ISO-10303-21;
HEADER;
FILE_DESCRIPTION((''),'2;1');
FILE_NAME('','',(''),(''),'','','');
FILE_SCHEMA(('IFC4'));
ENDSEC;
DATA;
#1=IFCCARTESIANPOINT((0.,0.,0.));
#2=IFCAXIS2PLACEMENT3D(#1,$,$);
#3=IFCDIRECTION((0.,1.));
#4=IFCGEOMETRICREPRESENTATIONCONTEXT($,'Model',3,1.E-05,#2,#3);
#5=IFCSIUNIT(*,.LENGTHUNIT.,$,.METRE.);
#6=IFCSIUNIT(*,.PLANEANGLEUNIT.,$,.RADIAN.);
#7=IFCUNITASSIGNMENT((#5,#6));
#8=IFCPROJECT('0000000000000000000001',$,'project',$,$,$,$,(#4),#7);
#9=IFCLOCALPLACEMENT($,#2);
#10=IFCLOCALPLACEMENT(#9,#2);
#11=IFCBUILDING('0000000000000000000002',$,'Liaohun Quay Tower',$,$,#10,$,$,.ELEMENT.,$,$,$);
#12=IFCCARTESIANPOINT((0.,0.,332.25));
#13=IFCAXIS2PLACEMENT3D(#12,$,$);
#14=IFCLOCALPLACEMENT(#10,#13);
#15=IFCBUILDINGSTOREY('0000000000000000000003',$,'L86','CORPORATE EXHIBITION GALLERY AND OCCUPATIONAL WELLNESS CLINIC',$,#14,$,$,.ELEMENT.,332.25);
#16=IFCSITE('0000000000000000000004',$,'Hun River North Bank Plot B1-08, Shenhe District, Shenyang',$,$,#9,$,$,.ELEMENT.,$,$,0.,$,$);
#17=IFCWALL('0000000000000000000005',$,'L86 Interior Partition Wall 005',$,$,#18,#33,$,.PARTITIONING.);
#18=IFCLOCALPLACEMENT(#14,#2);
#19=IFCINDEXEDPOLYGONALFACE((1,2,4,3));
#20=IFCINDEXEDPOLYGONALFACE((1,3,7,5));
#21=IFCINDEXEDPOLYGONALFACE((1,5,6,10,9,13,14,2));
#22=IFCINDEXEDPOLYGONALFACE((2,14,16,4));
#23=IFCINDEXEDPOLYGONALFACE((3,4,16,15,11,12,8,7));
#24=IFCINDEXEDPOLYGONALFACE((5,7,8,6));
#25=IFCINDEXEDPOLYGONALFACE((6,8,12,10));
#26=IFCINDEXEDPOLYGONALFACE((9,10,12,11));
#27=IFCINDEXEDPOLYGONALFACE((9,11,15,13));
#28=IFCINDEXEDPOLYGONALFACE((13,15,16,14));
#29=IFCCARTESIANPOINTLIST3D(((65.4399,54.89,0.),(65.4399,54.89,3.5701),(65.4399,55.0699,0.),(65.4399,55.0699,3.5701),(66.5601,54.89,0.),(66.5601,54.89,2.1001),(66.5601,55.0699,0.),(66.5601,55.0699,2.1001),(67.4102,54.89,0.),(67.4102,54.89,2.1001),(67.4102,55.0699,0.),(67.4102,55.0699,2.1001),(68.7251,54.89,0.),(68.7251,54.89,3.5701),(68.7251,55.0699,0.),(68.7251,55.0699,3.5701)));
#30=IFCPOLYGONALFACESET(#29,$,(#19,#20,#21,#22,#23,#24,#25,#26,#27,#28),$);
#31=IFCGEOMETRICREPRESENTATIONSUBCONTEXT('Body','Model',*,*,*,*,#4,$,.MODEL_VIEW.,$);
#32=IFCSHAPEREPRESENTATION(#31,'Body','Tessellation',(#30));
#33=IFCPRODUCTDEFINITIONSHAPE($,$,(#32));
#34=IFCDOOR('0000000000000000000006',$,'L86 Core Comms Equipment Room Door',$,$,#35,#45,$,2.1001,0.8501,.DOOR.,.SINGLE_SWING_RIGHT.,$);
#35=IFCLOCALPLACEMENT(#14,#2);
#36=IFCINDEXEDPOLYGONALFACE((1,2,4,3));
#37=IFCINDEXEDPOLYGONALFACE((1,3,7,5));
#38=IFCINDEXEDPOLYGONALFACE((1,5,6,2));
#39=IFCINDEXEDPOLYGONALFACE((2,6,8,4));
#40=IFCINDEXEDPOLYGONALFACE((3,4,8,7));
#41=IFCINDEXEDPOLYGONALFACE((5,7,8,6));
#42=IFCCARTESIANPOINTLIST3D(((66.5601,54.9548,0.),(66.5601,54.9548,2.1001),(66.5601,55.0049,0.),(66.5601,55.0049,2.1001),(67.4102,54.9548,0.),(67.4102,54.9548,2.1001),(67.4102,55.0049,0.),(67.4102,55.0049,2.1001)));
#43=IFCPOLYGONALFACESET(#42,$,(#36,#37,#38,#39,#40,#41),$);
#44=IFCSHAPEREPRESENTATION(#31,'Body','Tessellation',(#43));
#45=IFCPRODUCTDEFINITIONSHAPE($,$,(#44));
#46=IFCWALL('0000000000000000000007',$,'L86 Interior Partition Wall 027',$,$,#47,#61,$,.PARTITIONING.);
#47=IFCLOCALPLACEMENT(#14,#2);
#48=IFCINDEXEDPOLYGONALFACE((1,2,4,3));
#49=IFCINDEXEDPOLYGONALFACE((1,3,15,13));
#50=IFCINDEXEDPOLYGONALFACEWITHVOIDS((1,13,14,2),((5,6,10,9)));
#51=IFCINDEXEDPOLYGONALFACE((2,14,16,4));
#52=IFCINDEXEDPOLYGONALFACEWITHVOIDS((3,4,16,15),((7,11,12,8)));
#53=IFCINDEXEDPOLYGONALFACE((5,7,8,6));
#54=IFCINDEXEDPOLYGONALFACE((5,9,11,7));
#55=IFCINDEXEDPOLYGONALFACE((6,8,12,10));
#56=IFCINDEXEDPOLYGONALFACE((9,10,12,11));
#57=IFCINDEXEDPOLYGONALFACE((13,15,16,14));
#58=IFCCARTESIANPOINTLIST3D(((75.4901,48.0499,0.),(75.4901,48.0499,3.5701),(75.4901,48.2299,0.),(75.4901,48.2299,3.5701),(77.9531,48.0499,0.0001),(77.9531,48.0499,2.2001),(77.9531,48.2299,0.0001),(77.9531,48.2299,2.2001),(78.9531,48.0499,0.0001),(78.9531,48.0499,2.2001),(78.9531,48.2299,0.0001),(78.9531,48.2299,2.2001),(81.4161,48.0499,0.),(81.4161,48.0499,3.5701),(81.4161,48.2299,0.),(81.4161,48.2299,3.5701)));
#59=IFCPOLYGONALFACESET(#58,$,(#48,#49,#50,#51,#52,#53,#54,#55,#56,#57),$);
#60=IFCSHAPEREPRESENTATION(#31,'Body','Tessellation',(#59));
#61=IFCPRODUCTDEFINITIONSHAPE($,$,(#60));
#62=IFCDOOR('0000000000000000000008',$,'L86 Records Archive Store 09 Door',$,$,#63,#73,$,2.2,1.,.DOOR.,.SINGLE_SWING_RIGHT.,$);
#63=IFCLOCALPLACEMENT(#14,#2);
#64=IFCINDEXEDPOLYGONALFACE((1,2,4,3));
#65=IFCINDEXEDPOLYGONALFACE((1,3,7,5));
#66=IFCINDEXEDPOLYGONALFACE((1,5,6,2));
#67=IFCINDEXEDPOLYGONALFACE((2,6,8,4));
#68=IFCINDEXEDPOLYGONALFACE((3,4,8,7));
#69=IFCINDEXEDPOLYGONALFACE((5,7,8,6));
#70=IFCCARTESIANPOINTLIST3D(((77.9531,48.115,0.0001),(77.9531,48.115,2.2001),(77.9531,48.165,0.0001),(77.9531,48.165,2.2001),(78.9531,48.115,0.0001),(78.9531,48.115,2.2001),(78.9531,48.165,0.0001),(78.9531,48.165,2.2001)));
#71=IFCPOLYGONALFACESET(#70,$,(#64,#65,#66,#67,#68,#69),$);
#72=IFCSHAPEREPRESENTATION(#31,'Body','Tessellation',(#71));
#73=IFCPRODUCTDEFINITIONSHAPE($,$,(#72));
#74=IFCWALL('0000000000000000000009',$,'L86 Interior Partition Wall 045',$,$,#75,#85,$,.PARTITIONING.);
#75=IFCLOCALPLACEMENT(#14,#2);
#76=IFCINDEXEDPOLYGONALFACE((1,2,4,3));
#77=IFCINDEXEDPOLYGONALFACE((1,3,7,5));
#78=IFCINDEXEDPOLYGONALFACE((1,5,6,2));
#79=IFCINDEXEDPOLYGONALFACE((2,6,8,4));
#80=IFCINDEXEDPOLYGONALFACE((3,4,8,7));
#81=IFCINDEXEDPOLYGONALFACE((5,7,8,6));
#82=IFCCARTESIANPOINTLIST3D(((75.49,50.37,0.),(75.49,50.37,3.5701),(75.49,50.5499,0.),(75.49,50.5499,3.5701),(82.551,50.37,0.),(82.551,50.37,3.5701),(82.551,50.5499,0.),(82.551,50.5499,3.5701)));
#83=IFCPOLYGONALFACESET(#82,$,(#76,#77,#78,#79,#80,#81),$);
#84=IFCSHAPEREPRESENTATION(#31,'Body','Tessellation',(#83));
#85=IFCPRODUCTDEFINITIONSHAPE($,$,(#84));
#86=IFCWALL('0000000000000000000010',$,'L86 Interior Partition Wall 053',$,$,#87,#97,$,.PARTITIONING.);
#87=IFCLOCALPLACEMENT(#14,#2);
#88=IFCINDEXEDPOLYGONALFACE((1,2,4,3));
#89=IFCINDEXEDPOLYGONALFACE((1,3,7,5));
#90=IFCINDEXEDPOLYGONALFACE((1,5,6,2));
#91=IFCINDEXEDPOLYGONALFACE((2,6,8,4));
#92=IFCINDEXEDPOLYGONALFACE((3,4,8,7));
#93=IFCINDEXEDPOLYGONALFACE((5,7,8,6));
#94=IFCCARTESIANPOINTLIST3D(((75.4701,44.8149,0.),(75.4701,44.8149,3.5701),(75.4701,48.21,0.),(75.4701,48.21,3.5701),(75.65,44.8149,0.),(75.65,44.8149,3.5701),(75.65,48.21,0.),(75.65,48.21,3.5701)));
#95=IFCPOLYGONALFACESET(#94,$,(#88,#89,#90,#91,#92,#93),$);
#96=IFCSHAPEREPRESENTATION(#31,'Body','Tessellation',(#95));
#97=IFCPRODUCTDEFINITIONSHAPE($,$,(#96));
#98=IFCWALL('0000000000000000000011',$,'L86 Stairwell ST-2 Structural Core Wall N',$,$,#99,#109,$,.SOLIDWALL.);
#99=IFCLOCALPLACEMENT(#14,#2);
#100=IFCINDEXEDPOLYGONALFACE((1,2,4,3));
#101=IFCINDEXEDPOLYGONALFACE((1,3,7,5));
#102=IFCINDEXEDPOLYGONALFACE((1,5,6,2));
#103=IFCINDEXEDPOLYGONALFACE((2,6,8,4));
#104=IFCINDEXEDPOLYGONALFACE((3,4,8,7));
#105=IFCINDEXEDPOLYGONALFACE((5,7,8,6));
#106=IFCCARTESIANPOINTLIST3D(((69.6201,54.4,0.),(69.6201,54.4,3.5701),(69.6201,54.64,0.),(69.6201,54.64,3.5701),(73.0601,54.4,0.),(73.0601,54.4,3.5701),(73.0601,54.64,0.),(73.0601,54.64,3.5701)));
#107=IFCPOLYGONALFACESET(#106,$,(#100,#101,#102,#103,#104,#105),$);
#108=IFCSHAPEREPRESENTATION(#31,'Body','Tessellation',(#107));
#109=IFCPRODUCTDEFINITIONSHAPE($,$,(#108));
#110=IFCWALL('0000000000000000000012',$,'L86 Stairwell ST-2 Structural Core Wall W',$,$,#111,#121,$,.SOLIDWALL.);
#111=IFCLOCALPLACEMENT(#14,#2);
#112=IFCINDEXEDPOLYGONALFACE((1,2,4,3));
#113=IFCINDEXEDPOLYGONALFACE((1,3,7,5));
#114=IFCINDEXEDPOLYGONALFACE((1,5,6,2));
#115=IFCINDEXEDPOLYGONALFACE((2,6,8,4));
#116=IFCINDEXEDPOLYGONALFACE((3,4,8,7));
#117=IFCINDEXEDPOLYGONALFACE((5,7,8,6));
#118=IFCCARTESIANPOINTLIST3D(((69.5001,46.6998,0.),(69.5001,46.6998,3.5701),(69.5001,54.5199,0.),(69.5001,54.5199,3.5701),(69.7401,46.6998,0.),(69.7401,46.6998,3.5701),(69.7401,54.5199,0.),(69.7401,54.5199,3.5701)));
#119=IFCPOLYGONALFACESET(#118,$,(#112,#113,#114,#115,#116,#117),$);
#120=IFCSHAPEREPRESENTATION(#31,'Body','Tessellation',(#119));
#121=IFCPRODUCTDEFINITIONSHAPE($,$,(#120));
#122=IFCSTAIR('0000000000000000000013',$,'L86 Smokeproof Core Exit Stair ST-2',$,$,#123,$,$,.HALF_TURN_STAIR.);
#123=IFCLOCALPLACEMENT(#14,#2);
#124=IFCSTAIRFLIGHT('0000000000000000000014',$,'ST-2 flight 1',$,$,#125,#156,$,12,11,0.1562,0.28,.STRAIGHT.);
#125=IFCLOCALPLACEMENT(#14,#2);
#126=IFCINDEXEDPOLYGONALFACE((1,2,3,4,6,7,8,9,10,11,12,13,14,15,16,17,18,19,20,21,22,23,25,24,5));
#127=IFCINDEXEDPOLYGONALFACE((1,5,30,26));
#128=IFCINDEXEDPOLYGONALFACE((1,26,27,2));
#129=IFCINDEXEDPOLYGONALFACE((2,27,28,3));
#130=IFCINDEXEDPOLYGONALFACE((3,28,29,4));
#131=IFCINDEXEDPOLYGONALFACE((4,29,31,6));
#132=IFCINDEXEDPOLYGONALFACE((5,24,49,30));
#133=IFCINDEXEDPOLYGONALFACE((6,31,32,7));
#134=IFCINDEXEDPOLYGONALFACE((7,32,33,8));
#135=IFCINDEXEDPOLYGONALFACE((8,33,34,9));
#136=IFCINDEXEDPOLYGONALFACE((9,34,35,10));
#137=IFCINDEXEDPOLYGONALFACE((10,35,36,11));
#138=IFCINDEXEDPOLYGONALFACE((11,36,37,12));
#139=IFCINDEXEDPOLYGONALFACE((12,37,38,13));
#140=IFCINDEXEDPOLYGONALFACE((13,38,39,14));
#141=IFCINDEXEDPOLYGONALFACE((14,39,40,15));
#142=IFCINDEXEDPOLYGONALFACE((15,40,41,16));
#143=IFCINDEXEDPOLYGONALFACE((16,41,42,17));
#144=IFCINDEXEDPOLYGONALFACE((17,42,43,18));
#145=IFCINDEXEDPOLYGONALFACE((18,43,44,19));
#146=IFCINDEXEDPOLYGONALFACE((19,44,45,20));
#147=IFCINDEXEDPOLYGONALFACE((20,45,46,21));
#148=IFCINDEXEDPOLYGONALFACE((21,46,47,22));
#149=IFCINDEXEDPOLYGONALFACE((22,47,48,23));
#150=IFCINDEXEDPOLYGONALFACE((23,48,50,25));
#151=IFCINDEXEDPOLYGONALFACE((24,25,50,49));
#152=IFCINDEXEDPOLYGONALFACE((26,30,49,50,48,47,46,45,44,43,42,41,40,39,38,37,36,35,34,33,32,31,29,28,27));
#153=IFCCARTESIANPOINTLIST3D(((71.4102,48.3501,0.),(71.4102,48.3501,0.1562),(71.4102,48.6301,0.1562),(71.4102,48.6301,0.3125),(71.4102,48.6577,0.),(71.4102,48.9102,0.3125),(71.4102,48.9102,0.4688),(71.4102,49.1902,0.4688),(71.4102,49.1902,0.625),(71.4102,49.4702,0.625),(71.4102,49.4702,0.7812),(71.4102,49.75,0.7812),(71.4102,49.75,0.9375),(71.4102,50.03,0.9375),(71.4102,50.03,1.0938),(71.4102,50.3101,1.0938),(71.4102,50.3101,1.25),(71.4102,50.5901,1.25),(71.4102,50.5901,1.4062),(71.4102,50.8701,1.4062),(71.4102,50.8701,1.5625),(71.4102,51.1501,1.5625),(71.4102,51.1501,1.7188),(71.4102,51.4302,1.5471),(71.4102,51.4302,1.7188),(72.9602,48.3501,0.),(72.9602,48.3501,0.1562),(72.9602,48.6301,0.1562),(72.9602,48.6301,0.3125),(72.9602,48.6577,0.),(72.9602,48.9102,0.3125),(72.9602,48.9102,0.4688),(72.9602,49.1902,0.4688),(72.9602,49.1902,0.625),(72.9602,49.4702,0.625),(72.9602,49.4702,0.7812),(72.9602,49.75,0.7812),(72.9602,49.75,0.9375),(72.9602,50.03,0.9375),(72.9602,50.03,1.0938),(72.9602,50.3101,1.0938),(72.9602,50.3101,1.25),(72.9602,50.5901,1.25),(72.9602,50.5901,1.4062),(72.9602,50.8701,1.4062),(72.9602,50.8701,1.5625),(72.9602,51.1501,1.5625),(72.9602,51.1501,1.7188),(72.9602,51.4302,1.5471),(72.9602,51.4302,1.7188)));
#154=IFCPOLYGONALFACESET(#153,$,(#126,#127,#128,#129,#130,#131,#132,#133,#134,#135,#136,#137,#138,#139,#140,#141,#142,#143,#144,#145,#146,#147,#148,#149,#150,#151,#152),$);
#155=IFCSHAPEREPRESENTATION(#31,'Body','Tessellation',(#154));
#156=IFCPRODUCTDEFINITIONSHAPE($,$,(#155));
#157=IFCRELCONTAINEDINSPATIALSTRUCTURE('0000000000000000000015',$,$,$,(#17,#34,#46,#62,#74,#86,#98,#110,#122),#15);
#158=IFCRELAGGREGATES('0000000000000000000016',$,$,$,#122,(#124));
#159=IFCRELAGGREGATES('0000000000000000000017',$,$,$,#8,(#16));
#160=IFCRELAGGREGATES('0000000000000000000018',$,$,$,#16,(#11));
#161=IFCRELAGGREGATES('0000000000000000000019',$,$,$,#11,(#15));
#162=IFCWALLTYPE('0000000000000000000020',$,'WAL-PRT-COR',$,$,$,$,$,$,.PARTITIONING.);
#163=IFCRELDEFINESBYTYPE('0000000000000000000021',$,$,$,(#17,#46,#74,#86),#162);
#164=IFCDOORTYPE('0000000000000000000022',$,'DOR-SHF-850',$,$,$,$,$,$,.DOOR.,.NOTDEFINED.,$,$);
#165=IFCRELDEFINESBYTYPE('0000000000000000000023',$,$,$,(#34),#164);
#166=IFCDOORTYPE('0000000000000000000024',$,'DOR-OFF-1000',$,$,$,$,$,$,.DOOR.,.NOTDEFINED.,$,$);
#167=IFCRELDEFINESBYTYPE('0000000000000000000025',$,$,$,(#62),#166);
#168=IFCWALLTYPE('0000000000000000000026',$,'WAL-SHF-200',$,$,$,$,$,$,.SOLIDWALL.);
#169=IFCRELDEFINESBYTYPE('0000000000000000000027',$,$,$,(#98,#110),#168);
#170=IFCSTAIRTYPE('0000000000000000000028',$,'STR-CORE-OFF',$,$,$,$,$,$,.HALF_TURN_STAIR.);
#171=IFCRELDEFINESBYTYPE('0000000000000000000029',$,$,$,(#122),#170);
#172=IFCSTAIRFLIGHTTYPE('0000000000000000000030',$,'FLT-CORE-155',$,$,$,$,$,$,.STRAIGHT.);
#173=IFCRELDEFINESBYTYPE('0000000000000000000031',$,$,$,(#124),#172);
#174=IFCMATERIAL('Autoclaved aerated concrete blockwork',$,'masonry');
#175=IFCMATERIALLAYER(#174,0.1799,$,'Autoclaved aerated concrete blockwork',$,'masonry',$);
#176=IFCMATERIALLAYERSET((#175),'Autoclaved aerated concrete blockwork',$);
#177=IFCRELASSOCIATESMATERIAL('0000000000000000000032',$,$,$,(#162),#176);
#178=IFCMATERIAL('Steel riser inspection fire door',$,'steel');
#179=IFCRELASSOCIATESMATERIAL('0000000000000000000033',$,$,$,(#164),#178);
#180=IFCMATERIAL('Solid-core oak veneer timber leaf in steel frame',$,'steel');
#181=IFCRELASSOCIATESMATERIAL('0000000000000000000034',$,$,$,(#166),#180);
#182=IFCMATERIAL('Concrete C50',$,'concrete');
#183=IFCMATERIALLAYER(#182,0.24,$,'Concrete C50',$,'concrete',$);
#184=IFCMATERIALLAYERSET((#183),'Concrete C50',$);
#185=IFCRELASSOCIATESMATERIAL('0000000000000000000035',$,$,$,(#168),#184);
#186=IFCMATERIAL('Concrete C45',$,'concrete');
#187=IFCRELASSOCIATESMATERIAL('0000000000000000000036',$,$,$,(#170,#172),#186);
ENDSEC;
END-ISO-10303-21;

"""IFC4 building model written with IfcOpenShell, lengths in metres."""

from ifc_helpers import new_model, si_unit, direction, frame, frame_2d, origin, place, context, subcontext, project, spatial, polyline, rectangle, outline, extrude, source, transform, mapped, material, layer, layer_set, type_object, element, fill, aggregate, save


model = new_model("IFC4")

# Units and contexts
model_context = context("Model", 3, precision=1e-05, world=origin(), true_north=direction((0.0, 1.0)))
body_context = subcontext(model_context, "Body", "Model", "MODEL_VIEW")
ifc_project = project(units=[si_unit("LENGTHUNIT", "METRE"), si_unit("PLANEANGLEUNIT", "RADIAN")], contexts=[model_context])

# Site, building, storey
site_placement = place(None, origin())
site = spatial("IfcSite", under=ifc_project, at=site_placement, Name="Hun River North Bank Plot B1-08, Shenhe District, Shenyang", CompositionType="ELEMENT", RefElevation=0.0)
building_placement = place(site_placement, origin())
building = spatial("IfcBuilding", under=site, at=building_placement, Name="Liaohun Quay Tower", CompositionType="ELEMENT")
storey_placement = place(building_placement, frame((0.0, 0.0, 332.25)))
storey = spatial("IfcBuildingStorey", under=building, at=storey_placement, Name="L86", Description="CORPORATE EXHIBITION GALLERY AND OCCUPATIONAL WELLNESS CLINIC", CompositionType="ELEMENT", Elevation=332.25)

# Walls, openings, doors
ifc_material_1 = material(Name="Autoclaved aerated concrete blockwork", Category="masonry")
ifc_layer_1 = layer(ifc_material_1, 0.1799, Name="Autoclaved aerated concrete blockwork", Category="masonry")
ifc_layer_set_1 = layer_set([ifc_layer_1], Name="Autoclaved aerated concrete blockwork")
wall_type_1 = type_object("IfcWallType", Name="WAL-PRT-COR", PredefinedType="PARTITIONING", material=ifc_layer_set_1)
wall_1_placement = place(storey_placement, frame((65.4399, 54.98, 0.0), z_axis=(0.0, 0.0, 1.0), x_axis=(1.0, 0.0, 0.0)))
wall_1 = element("IfcWall", 1, at=wall_1_placement, inside=storey, type_object=wall_type_1, Name="L86 Interior Partition Wall 005", PredefinedType="PARTITIONING", context=body_context, shape_type="SweptSolid", body=[
    extrude(rectangle(XDim=3.2852, YDim=0.1799, at=frame_2d((1.6426, 0.0))), origin(), (0.0, 0.0, 1.0), 3.5701),
])
shared_shape_1 = source(origin(), body_context, "Body", "SweptSolid", [
    extrude(rectangle(XDim=0.8501, YDim=2.1001, at=frame_2d((0.425, 1.05))), frame((0.0, 0.0999, 0.0), z_axis=(0.0, -1.0, 0.0), x_axis=(1.0, 0.0, 0.0)), (0.0, 0.0, 1.0), 0.2),
])
opening_1_placement = place(wall_1_placement, frame((1.1201, 0.0, 0.0)))
opening_1 = element("IfcOpeningElement", 2, at=opening_1_placement, cuts=wall_1, PredefinedType="OPENING", context=body_context, shape_type="MappedRepresentation", body=[
    mapped(shared_shape_1, transform((0.0, 0.0, 0.0), x_axis=(1.0, 0.0, 0.0), y_axis=(0.0, 1.0, 0.0), z_axis=(0.0, 0.0, 1.0), scale=1.0)),
])
ifc_material_2 = material(Name="Steel riser inspection fire door", Category="steel")
door_type_1 = type_object("IfcDoorType", Name="DOR-SHF-850", OperationType="NOTDEFINED", PredefinedType="DOOR", material=ifc_material_2)
shared_shape_2 = source(origin(), body_context, "Body", "SweptSolid", [
    extrude(rectangle(XDim=0.8501, YDim=2.1001, at=frame_2d((0.425, 1.05))), frame((0.0, 0.0249, 0.0), z_axis=(0.0, -1.0, 0.0), x_axis=(1.0, 0.0, 0.0)), (0.0, 0.0, 1.0), 0.05),
])
door_1_placement = place(opening_1_placement, origin())
door_1 = element("IfcDoor", 3, at=door_1_placement, inside=storey, type_object=door_type_1, Name="L86 Core Comms Equipment Room Door", OperationType="SINGLE_SWING_RIGHT", OverallHeight=2.1001, OverallWidth=0.8501, PredefinedType="DOOR", context=body_context, shape_type="MappedRepresentation", body=[
    mapped(shared_shape_2, transform((0.0, 0.0, 0.0), x_axis=(1.0, 0.0, 0.0), y_axis=(0.0, 1.0, 0.0), z_axis=(0.0, 0.0, 1.0), scale=1.0)),
])
fill(opening_1, door_1)
wall_2_placement = place(storey_placement, frame((81.416, 48.1399, 0.0), z_axis=(0.0, 0.0, 1.0), x_axis=(-1.0, 0.0, 0.0)))
wall_2 = element("IfcWall", 4, at=wall_2_placement, inside=storey, type_object=wall_type_1, Name="L86 Interior Partition Wall 027", PredefinedType="PARTITIONING", context=body_context, shape_type="SweptSolid", body=[
    extrude(rectangle(XDim=5.926, YDim=0.1799, at=frame_2d((2.9629, 0.0))), origin(), (0.0, 0.0, 1.0), 3.5701),
])
shared_shape_3 = source(origin(), body_context, "Body", "SweptSolid", [
    extrude(rectangle(XDim=1.0, YDim=2.2, at=frame_2d((0.5, 1.1001))), frame((0.0, 0.0999, 0.0), z_axis=(0.0, -1.0, 0.0), x_axis=(1.0, 0.0, 0.0)), (0.0, 0.0, 1.0), 0.2),
])
opening_2_placement = place(wall_2_placement, frame((2.4629, 0.0, 0.0)))
opening_2 = element("IfcOpeningElement", 5, at=opening_2_placement, cuts=wall_2, PredefinedType="OPENING", context=body_context, shape_type="MappedRepresentation", body=[
    mapped(shared_shape_3, transform((0.0, 0.0, 0.0), x_axis=(1.0, 0.0, 0.0), y_axis=(0.0, 1.0, 0.0), z_axis=(0.0, 0.0, 1.0), scale=1.0)),
])
ifc_material_3 = material(Name="Solid-core oak veneer timber leaf in steel frame", Category="steel")
door_type_2 = type_object("IfcDoorType", Name="DOR-OFF-1000", OperationType="NOTDEFINED", PredefinedType="DOOR", material=ifc_material_3)
shared_shape_4 = source(origin(), body_context, "Body", "SweptSolid", [
    extrude(rectangle(XDim=1.0, YDim=2.2, at=frame_2d((0.5, 1.1001))), frame((0.0, 0.0249, 0.0), z_axis=(0.0, -1.0, 0.0), x_axis=(1.0, 0.0, 0.0)), (0.0, 0.0, 1.0), 0.05),
])
door_2_placement = place(opening_2_placement, origin())
door_2 = element("IfcDoor", 6, at=door_2_placement, inside=storey, type_object=door_type_2, Name="L86 Records Archive Store 09 Door", OperationType="SINGLE_SWING_RIGHT", OverallHeight=2.2, OverallWidth=1.0, PredefinedType="DOOR", context=body_context, shape_type="MappedRepresentation", body=[
    mapped(shared_shape_4, transform((0.0, 0.0, 0.0), x_axis=(1.0, 0.0, 0.0), y_axis=(0.0, 1.0, 0.0), z_axis=(0.0, 0.0, 1.0), scale=1.0)),
])
fill(opening_2, door_2)

# Walls
wall_3_placement = place(storey_placement, frame((75.49, 50.46, 0.0), z_axis=(0.0, 0.0, 1.0), x_axis=(1.0, 0.0, 0.0)))
element("IfcWall", 7, at=wall_3_placement, inside=storey, type_object=wall_type_1, Name="L86 Interior Partition Wall 045", PredefinedType="PARTITIONING", context=body_context, shape_type="SweptSolid", body=[
    extrude(rectangle(XDim=7.061, YDim=0.1799, at=frame_2d((3.5305, 0.0))), origin(), (0.0, 0.0, 1.0), 3.5701),
])
wall_4_placement = place(storey_placement, frame((75.5601, 48.21, 0.0), z_axis=(0.0, 0.0, 1.0), x_axis=(0.0, -1.0, 0.0)))
element("IfcWall", 8, at=wall_4_placement, inside=storey, type_object=wall_type_1, Name="L86 Interior Partition Wall 053", PredefinedType="PARTITIONING", context=body_context, shape_type="SweptSolid", body=[
    extrude(rectangle(XDim=3.395, YDim=0.1799, at=frame_2d((1.6975, 0.0))), origin(), (0.0, 0.0, 1.0), 3.5701),
])
ifc_material_4 = material(Name="Concrete C50", Category="concrete")
ifc_layer_2 = layer(ifc_material_4, 0.24, Name="Concrete C50", Category="concrete")
ifc_layer_set_2 = layer_set([ifc_layer_2], Name="Concrete C50")
wall_type_2 = type_object("IfcWallType", Name="WAL-SHF-200", PredefinedType="SOLIDWALL", material=ifc_layer_set_2)
wall_5_placement = place(storey_placement, frame((73.0601, 54.52, 0.0), z_axis=(0.0, 0.0, 1.0), x_axis=(-1.0, 0.0, 0.0)))
element("IfcWall", 9, at=wall_5_placement, inside=storey, type_object=wall_type_2, Name="L86 Stairwell ST-2 Structural Core Wall N", PredefinedType="SOLIDWALL", context=body_context, shape_type="SweptSolid", body=[
    extrude(rectangle(XDim=3.4399, YDim=0.24, at=frame_2d((1.72, 0.0))), origin(), (0.0, 0.0, 1.0), 3.5701),
])
wall_6_placement = place(storey_placement, frame((69.6201, 54.52, 0.0), z_axis=(0.0, 0.0, 1.0), x_axis=(0.0, -1.0, 0.0)))
element("IfcWall", 10, at=wall_6_placement, inside=storey, type_object=wall_type_2, Name="L86 Stairwell ST-2 Structural Core Wall W", PredefinedType="SOLIDWALL", context=body_context, shape_type="SweptSolid", body=[
    extrude(rectangle(XDim=7.8201, YDim=0.24, at=frame_2d((3.9102, 0.0))), origin(), (0.0, 0.0, 1.0), 3.5701),
])

# Stair, stair flight
ifc_material_5 = material(Name="Concrete C45", Category="concrete")
stair_type = type_object("IfcStairType", Name="STR-CORE-OFF", PredefinedType="HALF_TURN_STAIR", material=ifc_material_5)
stair_placement = place(storey_placement, origin())
stair = element("IfcStair", 11, at=stair_placement, inside=storey, type_object=stair_type, Name="L86 Smokeproof Core Exit Stair ST-2", PredefinedType="HALF_TURN_STAIR")
stair_flight_type = type_object("IfcStairFlightType", Name="FLT-CORE-155", PredefinedType="STRAIGHT", material=ifc_material_5)
stair_flight_1_placement = place(storey_placement, frame((72.1851, 48.3501, 0.0), z_axis=(0.0, 0.0, 1.0), x_axis=(0.0, 1.0, 0.0)))
stair_flight_1 = element("IfcStairFlight", 12, at=stair_flight_1_placement, type_object=stair_flight_type, Name="ST-2 flight 1", NumberOfRisers=12, NumberOfTreads=11, PredefinedType="STRAIGHT", RiserHeight=0.1562, TreadLength=0.28, context=body_context, shape_type="SweptSolid", body=[
    extrude(outline(polyline([(0.0, 0.0), (0.0, 0.1562), (0.28, 0.1562), (0.28, 0.3125), (0.5601, 0.3125), (0.5601, 0.4688), (0.8401, 0.4688), (0.8401, 0.625), (1.1201, 0.625), (1.1201, 0.7812), (1.3999, 0.7812), (1.3999, 0.9375), (1.6799, 0.9375), (1.6799, 1.0938), (1.96, 1.0938), (1.96, 1.25), (2.24, 1.25), (2.24, 1.4062), (2.52, 1.4062), (2.52, 1.5625), (2.8, 1.5625), (2.8, 1.7188), (3.0801, 1.7188), (3.0801, 1.875), (3.0801, 1.5471), (0.3076, 0.0), (0.0, 0.0)])), frame((0.0, 0.7749, 0.0), z_axis=(0.0, -1.0, 0.0), x_axis=(1.0, 0.0, 0.0)), (0.0, 0.0, 1.0), 1.55),
])
aggregate(stair, [stair_flight_1])

save(model, "model.ifc")
